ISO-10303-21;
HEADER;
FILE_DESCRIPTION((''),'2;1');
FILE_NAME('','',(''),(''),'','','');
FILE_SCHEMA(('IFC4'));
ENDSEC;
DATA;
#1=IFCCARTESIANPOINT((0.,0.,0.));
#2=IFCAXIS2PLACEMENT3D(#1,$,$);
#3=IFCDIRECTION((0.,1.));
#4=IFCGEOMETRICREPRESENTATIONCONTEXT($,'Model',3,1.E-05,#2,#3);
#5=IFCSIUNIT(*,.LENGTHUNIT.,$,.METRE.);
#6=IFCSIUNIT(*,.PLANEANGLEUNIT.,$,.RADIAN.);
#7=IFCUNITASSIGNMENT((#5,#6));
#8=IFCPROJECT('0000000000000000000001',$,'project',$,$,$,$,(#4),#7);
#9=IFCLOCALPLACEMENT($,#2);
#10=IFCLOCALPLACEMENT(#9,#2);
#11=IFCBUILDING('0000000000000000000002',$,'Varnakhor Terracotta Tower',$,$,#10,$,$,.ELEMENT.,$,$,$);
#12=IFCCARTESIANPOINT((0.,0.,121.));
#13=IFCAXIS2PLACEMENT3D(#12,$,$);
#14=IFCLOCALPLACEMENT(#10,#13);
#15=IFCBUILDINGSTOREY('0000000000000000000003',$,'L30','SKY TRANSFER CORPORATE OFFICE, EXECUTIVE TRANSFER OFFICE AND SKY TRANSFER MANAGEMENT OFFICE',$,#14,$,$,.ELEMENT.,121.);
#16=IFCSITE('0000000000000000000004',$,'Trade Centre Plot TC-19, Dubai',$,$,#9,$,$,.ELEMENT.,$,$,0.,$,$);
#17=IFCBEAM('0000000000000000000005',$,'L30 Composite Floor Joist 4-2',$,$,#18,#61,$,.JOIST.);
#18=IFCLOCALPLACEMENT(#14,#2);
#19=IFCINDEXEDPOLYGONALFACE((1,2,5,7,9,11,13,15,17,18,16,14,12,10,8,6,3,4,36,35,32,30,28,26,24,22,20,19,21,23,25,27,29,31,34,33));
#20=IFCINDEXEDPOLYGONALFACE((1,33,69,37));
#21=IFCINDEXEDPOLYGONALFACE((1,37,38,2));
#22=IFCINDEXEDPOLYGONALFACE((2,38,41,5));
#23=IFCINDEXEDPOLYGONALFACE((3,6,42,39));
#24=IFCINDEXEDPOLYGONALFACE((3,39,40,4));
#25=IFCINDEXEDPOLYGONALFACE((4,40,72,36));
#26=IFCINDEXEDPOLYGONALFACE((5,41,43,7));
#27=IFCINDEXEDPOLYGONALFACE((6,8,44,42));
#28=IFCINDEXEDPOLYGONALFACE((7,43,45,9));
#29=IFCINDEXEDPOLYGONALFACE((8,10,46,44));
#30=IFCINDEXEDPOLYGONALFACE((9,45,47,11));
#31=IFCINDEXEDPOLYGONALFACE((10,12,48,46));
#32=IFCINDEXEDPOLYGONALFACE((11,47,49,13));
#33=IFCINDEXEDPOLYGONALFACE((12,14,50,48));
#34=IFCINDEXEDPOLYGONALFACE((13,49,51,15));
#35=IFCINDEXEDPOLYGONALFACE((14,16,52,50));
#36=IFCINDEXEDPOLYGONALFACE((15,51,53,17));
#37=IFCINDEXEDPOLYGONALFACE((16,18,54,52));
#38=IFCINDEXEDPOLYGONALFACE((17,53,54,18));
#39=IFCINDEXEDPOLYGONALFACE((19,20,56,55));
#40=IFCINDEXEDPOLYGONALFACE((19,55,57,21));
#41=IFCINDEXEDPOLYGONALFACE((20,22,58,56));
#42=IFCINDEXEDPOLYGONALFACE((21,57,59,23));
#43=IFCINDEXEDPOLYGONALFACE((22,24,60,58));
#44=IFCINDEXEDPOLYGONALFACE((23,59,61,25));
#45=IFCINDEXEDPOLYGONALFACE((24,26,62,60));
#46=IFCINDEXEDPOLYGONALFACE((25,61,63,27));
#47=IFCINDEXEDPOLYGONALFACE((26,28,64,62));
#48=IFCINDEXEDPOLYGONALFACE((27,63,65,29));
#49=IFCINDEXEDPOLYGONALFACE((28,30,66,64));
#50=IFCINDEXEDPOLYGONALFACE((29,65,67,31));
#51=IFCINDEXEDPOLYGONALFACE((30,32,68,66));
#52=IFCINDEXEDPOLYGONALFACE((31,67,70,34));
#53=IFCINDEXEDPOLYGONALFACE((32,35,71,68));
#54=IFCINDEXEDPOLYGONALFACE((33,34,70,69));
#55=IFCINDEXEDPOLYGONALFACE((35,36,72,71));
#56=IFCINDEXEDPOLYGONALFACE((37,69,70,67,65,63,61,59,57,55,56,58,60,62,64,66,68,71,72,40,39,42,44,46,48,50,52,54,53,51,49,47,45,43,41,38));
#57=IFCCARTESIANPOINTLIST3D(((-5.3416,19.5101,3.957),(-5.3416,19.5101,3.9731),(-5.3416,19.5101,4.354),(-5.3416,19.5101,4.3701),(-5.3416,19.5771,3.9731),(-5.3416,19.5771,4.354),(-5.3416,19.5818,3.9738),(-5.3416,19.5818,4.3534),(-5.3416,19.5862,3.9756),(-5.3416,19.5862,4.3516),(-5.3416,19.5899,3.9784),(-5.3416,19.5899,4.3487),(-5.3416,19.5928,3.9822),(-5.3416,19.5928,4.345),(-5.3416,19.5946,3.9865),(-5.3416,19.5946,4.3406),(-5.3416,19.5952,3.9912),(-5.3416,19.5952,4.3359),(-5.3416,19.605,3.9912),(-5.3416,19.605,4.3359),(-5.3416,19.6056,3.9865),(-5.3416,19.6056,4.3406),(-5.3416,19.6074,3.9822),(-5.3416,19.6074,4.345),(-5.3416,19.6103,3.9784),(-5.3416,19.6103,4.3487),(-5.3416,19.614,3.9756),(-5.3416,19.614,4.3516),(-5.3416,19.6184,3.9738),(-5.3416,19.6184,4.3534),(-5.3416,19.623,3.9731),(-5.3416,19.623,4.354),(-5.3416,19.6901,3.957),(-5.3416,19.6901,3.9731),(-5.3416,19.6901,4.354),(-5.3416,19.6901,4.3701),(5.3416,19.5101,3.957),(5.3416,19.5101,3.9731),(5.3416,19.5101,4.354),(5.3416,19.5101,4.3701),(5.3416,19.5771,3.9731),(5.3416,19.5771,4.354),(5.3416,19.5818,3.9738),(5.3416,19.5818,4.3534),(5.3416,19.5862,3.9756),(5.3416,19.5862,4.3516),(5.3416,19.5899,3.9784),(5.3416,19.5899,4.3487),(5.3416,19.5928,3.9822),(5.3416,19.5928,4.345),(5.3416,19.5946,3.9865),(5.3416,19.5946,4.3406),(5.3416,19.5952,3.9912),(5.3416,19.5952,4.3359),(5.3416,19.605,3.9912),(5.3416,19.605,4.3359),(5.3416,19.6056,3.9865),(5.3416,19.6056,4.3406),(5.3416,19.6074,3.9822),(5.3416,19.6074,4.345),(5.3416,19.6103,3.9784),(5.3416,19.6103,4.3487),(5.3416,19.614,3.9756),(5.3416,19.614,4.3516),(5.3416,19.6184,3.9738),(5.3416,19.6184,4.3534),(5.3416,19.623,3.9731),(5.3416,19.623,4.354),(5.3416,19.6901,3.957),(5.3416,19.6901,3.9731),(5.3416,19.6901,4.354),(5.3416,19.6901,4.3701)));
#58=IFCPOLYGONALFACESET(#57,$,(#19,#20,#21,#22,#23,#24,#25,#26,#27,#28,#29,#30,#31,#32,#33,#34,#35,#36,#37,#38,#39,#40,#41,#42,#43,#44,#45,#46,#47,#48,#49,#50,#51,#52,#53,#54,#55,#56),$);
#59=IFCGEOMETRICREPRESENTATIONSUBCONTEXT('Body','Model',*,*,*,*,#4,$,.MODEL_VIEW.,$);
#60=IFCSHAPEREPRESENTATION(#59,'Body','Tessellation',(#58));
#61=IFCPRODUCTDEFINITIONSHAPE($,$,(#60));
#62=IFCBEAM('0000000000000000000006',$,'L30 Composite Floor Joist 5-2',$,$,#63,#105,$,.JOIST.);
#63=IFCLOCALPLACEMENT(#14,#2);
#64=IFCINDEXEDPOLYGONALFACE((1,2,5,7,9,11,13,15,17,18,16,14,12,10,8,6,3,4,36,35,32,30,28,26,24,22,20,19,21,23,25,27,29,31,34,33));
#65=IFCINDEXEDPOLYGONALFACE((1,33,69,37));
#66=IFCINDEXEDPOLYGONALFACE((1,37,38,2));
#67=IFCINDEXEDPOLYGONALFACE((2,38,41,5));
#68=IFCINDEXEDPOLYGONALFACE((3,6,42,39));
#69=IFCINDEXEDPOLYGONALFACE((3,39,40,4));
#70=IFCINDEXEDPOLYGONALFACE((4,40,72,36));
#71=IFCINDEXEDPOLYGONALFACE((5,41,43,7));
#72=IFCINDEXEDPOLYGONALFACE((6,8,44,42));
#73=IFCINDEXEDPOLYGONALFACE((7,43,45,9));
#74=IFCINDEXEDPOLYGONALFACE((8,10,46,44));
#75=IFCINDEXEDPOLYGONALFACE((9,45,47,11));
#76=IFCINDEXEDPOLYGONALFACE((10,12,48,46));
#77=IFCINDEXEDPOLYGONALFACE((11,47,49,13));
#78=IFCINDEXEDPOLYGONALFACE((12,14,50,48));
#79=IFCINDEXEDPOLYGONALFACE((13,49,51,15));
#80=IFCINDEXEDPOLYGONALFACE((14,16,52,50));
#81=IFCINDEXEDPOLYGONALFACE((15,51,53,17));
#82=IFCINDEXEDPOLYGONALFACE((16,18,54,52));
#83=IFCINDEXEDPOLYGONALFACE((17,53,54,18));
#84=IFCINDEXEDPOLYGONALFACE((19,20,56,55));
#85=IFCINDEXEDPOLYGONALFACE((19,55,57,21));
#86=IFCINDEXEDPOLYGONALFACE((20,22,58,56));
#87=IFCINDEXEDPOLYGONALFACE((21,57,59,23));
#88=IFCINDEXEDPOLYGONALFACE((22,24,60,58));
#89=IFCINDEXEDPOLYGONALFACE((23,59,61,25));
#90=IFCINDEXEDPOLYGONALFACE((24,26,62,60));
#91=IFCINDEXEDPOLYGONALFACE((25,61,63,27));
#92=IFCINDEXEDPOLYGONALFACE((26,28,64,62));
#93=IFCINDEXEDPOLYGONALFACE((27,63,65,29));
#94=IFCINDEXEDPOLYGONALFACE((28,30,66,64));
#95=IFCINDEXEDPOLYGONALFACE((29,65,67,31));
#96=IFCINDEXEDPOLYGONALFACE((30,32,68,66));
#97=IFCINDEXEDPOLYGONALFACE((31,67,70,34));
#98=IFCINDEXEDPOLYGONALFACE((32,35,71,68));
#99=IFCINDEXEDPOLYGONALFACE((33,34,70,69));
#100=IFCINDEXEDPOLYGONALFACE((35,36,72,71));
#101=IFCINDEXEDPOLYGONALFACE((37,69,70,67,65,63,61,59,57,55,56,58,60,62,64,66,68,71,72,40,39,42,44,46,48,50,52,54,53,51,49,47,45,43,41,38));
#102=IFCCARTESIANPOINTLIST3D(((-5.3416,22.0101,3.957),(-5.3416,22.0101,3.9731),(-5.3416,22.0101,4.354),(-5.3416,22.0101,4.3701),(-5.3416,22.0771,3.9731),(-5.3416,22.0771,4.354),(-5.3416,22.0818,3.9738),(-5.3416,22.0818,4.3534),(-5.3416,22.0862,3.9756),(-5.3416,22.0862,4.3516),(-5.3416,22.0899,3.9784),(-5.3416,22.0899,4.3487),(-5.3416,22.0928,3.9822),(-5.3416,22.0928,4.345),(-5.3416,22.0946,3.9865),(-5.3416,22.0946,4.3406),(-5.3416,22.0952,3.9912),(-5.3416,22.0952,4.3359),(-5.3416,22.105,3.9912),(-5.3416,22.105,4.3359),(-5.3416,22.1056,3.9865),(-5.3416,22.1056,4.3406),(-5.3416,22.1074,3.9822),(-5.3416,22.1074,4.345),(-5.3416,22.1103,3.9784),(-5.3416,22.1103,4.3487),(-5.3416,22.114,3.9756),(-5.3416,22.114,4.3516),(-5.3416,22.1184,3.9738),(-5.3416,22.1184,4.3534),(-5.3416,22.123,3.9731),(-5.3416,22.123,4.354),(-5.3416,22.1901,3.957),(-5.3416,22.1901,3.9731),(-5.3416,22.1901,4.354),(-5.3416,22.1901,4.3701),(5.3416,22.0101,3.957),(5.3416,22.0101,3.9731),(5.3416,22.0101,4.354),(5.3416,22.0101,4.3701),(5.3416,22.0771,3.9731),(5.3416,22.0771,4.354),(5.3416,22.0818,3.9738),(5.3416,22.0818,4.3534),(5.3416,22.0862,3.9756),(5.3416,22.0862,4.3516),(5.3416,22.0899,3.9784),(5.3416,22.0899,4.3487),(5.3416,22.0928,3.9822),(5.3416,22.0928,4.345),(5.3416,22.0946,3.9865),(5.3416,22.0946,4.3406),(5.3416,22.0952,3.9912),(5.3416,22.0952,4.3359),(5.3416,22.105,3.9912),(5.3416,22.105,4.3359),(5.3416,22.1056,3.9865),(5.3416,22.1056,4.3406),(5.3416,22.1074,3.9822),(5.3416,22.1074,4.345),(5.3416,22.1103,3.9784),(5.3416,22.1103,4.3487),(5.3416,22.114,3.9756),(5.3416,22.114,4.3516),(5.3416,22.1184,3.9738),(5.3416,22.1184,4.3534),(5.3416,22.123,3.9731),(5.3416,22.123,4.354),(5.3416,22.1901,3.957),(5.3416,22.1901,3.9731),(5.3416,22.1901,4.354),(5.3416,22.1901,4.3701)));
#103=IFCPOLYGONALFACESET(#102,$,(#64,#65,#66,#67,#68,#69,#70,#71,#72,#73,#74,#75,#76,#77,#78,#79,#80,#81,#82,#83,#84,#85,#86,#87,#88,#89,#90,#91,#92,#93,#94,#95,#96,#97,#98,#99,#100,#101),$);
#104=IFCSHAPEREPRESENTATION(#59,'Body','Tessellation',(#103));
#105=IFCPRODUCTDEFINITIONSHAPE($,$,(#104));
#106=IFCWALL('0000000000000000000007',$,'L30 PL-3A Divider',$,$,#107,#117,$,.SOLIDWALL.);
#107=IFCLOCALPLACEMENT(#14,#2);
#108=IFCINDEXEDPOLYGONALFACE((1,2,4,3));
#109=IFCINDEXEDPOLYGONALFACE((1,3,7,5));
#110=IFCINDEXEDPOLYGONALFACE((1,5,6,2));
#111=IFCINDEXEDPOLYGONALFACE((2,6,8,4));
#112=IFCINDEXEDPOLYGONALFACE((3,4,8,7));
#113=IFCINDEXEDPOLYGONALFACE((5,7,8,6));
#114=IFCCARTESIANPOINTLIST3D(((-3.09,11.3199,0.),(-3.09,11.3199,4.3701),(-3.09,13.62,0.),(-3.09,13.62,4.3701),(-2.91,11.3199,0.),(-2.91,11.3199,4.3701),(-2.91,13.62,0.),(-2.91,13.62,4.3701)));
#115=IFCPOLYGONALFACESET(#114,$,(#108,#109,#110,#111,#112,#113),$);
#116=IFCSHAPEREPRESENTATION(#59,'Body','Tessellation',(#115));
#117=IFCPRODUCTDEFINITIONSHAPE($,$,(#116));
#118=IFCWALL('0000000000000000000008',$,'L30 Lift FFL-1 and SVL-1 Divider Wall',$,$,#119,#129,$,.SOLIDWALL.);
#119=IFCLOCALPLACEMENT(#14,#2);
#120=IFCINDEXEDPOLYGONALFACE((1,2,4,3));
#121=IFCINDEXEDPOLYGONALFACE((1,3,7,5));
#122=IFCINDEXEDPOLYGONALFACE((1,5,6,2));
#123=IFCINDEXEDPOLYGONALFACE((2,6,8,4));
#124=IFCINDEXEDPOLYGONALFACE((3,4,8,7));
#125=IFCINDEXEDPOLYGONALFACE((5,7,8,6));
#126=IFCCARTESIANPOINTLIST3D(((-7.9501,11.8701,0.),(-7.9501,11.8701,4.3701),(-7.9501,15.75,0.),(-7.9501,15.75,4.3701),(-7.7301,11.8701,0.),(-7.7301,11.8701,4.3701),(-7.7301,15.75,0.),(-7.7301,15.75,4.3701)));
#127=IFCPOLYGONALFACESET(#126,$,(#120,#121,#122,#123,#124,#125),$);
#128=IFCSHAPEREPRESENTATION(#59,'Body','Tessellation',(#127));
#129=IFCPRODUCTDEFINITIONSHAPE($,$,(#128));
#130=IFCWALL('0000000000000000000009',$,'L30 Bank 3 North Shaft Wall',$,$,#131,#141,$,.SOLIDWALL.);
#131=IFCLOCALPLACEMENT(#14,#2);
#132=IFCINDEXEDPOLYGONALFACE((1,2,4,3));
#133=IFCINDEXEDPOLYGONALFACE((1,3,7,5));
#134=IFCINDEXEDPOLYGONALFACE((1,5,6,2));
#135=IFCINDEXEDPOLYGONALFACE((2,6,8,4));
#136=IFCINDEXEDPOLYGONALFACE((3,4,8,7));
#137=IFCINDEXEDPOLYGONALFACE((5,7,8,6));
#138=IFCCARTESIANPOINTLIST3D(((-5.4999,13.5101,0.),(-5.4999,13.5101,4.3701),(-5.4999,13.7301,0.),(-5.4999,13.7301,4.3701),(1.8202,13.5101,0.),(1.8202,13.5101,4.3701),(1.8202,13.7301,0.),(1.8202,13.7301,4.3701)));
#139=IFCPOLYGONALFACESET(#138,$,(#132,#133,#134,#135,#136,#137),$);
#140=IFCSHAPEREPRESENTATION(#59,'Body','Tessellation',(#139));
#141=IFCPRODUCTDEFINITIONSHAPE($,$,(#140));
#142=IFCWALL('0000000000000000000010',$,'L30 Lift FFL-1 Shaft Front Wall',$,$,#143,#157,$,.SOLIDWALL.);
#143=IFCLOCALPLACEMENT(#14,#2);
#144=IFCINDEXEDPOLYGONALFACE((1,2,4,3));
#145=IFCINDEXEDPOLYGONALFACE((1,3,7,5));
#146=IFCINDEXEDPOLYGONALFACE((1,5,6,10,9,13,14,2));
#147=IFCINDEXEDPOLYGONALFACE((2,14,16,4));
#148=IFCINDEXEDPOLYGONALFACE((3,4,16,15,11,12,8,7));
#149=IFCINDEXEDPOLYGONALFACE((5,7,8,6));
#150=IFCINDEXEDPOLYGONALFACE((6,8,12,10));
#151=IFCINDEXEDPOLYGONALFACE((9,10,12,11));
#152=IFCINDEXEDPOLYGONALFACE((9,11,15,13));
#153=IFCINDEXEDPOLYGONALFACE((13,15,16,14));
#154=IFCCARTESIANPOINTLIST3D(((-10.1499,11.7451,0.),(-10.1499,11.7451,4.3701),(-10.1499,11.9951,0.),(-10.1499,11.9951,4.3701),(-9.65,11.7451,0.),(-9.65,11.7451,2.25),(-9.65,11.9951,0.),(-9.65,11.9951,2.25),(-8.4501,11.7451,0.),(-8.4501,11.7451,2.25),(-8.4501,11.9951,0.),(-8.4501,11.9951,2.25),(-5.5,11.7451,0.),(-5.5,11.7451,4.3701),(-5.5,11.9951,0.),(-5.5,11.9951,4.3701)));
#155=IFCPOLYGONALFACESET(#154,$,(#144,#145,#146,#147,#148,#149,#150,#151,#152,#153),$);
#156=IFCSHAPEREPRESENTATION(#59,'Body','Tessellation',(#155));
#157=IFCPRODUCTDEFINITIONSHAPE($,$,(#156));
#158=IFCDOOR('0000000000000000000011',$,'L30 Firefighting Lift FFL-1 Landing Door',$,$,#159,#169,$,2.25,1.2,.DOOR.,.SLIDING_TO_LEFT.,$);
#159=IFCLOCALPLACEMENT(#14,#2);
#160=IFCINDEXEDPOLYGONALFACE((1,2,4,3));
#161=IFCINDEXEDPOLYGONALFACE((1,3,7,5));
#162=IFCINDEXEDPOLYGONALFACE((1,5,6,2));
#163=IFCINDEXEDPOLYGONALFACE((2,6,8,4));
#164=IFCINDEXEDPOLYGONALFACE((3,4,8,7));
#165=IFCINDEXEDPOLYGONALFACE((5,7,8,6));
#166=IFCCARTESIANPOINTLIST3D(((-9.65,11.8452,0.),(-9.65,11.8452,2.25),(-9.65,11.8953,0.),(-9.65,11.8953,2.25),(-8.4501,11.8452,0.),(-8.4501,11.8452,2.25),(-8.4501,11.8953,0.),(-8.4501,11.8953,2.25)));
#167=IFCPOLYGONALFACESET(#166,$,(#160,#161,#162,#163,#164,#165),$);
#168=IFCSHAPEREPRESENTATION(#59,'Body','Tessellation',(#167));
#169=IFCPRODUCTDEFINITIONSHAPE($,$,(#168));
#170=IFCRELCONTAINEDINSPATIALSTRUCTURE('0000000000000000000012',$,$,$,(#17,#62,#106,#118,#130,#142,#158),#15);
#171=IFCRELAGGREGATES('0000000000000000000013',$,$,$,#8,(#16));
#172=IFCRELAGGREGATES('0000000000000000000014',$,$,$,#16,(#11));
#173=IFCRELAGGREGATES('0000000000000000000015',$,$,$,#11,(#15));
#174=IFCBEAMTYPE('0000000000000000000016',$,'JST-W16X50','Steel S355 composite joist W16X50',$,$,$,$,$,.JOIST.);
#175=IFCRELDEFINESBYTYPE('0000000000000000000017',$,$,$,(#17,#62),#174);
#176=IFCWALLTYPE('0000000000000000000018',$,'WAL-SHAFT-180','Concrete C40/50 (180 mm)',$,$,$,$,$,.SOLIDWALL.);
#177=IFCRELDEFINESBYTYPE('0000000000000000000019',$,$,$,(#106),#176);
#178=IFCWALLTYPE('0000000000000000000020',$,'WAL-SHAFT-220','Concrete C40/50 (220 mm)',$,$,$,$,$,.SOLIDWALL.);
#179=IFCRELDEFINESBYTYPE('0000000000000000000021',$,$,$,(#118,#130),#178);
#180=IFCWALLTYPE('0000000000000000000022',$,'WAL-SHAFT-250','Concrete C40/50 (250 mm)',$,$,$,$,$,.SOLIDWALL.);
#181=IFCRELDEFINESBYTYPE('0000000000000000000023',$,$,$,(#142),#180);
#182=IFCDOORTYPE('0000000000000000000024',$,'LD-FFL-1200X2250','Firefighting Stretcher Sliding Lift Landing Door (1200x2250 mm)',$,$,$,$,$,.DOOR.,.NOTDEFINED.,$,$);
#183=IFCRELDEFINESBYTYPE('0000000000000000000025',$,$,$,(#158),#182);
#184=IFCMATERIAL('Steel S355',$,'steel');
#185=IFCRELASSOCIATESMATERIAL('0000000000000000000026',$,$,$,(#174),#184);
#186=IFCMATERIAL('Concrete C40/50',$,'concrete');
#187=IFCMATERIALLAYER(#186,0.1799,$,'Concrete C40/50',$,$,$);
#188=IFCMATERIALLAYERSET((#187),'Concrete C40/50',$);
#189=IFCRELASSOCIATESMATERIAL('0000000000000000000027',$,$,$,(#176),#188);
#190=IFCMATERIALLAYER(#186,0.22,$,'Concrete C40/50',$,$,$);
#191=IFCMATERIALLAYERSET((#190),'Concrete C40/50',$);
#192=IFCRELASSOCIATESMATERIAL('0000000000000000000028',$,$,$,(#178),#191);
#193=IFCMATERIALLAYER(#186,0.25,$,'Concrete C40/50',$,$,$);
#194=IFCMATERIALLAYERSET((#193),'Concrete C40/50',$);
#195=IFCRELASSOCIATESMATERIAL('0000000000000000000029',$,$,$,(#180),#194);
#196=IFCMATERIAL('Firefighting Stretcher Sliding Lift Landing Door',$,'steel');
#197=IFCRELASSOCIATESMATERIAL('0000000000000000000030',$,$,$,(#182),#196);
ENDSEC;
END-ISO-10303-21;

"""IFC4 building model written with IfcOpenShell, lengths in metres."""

from ifc_helpers import new_model, si_unit, direction, frame, frame_2d, origin, origin_2d, place, context, subcontext, project, spatial, rectangle, i_section, extrude, source, transform, mapped, material, layer, layer_set, material_profile, profile_set, type_object, type_shapes, element, fill, save


model = new_model("IFC4")

# Units and contexts
model_context = context("Model", 3, precision=1e-05, world=origin(), true_north=direction((0.0, 1.0)))
body_context = subcontext(model_context, "Body", "Model", "MODEL_VIEW")
ifc_project = project(units=[si_unit("LENGTHUNIT", "METRE"), si_unit("PLANEANGLEUNIT", "RADIAN")], contexts=[model_context])

# Site, building, storey
site_placement = place(None, origin())
site = spatial("IfcSite", under=ifc_project, at=site_placement, Name="Trade Centre Plot TC-19, Dubai", CompositionType="ELEMENT", RefElevation=0.0)
building_placement = place(site_placement, origin())
building = spatial("IfcBuilding", under=site, at=building_placement, Name="Varnakhor Terracotta Tower", CompositionType="ELEMENT")
storey_placement = place(building_placement, frame((0.0, 0.0, 121.0)))
storey = spatial("IfcBuildingStorey", under=building, at=storey_placement, Name="L30", Description="SKY TRANSFER CORPORATE OFFICE, EXECUTIVE TRANSFER OFFICE AND SKY TRANSFER MANAGEMENT OFFICE", CompositionType="ELEMENT", Elevation=121.0)

# Beams
ifc_material_1 = material(Name="Steel S355", Category="steel")
ifc_material_profile_1 = material_profile(ifc_material_1, i_section(OverallWidth=0.1799, OverallDepth=0.4131, WebThickness=0.0098, FlangeThickness=0.0161, FilletRadius=0.0181, at=origin_2d()), Name="W16X50")
ifc_profile_set_1 = profile_set([ifc_material_profile_1], Name="Steel S355")
beam_type_1 = type_object("IfcBeamType", Name="JST-W16X50", Description="Steel S355 composite joist W16X50", PredefinedType="JOIST", material=ifc_profile_set_1)
shared_shape_1 = source(origin(), body_context, "Body", "SweptSolid", [
    extrude(i_section(OverallWidth=0.1799, OverallDepth=0.4131, WebThickness=0.0098, FlangeThickness=0.0161, FilletRadius=0.0181, at=origin_2d()), origin(), (0.0, 0.0, 1.0), 10.6831),
])
for number, where, z_axis, x_axis, name in (
    (1, (-5.3416, 19.6001, 4.1636), (1.0, 0.0, 0.0), (0.0, 1.0, 0.0), "L30 Composite Floor Joist 4-2"),
    (2, (-5.3416, 22.1001, 4.1636), (1.0, 0.0, 0.0), (0.0, 1.0, 0.0), "L30 Composite Floor Joist 5-2"),
):
    element("IfcBeam", number, at=place(storey_placement, frame(where, z_axis=z_axis, x_axis=x_axis)), inside=storey, type_object=beam_type_1, Name=name, PredefinedType="JOIST", context=body_context, shape_type="MappedRepresentation", body=[
        mapped(shared_shape_1, transform((0.0, 0.0, 0.0), scale=1.0)),
    ])

# Walls
ifc_material_2 = material(Name="Concrete C40/50", Category="concrete")
ifc_layer_1 = layer(ifc_material_2, 0.1799, Name="Concrete C40/50")
ifc_layer_set_1 = layer_set([ifc_layer_1], Name="Concrete C40/50")
wall_type_1 = type_object("IfcWallType", Name="WAL-SHAFT-180", Description="Concrete C40/50 (180 mm)", PredefinedType="SOLIDWALL", material=ifc_layer_set_1)
wall_1_placement = place(storey_placement, frame((-3.0, 11.3201, 0.0), z_axis=(0.0, 0.0, 1.0), x_axis=(0.0, 1.0, 0.0)))
element("IfcWall", 3, at=wall_1_placement, inside=storey, type_object=wall_type_1, Name="L30 PL-3A Divider", PredefinedType="SOLIDWALL", context=body_context, shape_type="SweptSolid", body=[
    extrude(rectangle(XDim=2.3, YDim=0.1799, at=frame_2d((1.1499, 0.0))), origin(), (0.0, 0.0, 1.0), 4.3701),
])
ifc_layer_2 = layer(ifc_material_2, 0.22, Name="Concrete C40/50")
ifc_layer_set_2 = layer_set([ifc_layer_2], Name="Concrete C40/50")
wall_type_2 = type_object("IfcWallType", Name="WAL-SHAFT-220", Description="Concrete C40/50 (220 mm)", PredefinedType="SOLIDWALL", material=ifc_layer_set_2)
wall_2_placement = place(storey_placement, frame((-7.8401, 11.8701, 0.0), z_axis=(0.0, 0.0, 1.0), x_axis=(0.0, 1.0, 0.0)))
element("IfcWall", 4, at=wall_2_placement, inside=storey, type_object=wall_type_2, Name="L30 Lift FFL-1 and SVL-1 Divider Wall", PredefinedType="SOLIDWALL", context=body_context, shape_type="SweptSolid", body=[
    extrude(rectangle(XDim=3.8799, YDim=0.22, at=frame_2d((1.9399, 0.0))), origin(), (0.0, 0.0, 1.0), 4.3701),
])
wall_3_placement = place(storey_placement, frame((-5.5, 13.6201, 0.0), z_axis=(0.0, 0.0, 1.0), x_axis=(1.0, 0.0, 0.0)))
element("IfcWall", 5, at=wall_3_placement, inside=storey, type_object=wall_type_2, Name="L30 Bank 3 North Shaft Wall", PredefinedType="SOLIDWALL", context=body_context, shape_type="SweptSolid", body=[
    extrude(rectangle(XDim=7.3201, YDim=0.22, at=frame_2d((3.6602, 0.0))), origin(), (0.0, 0.0, 1.0), 4.3701),
])

# Wall, opening, door
ifc_layer_3 = layer(ifc_material_2, 0.25, Name="Concrete C40/50")
ifc_layer_set_3 = layer_set([ifc_layer_3], Name="Concrete C40/50")
wall_type_3 = type_object("IfcWallType", Name="WAL-SHAFT-250", Description="Concrete C40/50 (250 mm)", PredefinedType="SOLIDWALL", material=ifc_layer_set_3)
wall_4_placement = place(storey_placement, frame((-5.5, 11.8701, 0.0), z_axis=(0.0, 0.0, 1.0), x_axis=(-1.0, 0.0, 0.0)))
wall_4 = element("IfcWall", 6, at=wall_4_placement, inside=storey, type_object=wall_type_3, Name="L30 Lift FFL-1 Shaft Front Wall", PredefinedType="SOLIDWALL", context=body_context, shape_type="SweptSolid", body=[
    extrude(rectangle(XDim=4.6499, YDim=0.25, at=frame_2d((2.325, 0.0))), origin(), (0.0, 0.0, 1.0), 4.3701),
])
opening_1_placement = place(wall_4_placement, frame((2.95, 0.0, 0.0)))
opening_1 = element("IfcOpeningElement", 7, at=opening_1_placement, cuts=wall_4, PredefinedType="OPENING", context=body_context, shape_type="SweptSolid", body=[
    extrude(rectangle(XDim=1.2, YDim=2.25, at=frame_2d((0.6001, 1.125))), frame((0.0, 0.135, 0.0), z_axis=(0.0, -1.0, 0.0), x_axis=(1.0, 0.0, 0.0)), (0.0, 0.0, 1.0), 0.27),
])
ifc_material_3 = material(Name="Firefighting Stretcher Sliding Lift Landing Door", Category="steel")
door_type_1 = type_object("IfcDoorType", Name="LD-FFL-1200X2250", Description="Firefighting Stretcher Sliding Lift Landing Door (1200x2250 mm)", OperationType="NOTDEFINED", PredefinedType="DOOR", material=ifc_material_3)
shared_shape_2 = source(origin(), body_context, "Body", "SweptSolid", [
    extrude(rectangle(XDim=1.2, YDim=2.25, at=frame_2d((0.6001, 1.125))), frame((0.0, 0.0249, 0.0), z_axis=(0.0, -1.0, 0.0), x_axis=(1.0, 0.0, 0.0)), (0.0, 0.0, 1.0), 0.05),
])
type_shapes(door_type_1, [shared_shape_2])
door_1_placement = place(opening_1_placement, origin())
door_1 = element("IfcDoor", 8, at=door_1_placement, inside=storey, type_object=door_type_1, Name="L30 Firefighting Lift FFL-1 Landing Door", OperationType="SLIDING_TO_LEFT", OverallHeight=2.25, OverallWidth=1.2, PredefinedType="DOOR", context=body_context, shape_type="MappedRepresentation", body=[
    mapped(shared_shape_2, transform((0.0, 0.0, 0.0), scale=1.0)),
])
fill(opening_1, door_1)

save(model, "model.ifc")
